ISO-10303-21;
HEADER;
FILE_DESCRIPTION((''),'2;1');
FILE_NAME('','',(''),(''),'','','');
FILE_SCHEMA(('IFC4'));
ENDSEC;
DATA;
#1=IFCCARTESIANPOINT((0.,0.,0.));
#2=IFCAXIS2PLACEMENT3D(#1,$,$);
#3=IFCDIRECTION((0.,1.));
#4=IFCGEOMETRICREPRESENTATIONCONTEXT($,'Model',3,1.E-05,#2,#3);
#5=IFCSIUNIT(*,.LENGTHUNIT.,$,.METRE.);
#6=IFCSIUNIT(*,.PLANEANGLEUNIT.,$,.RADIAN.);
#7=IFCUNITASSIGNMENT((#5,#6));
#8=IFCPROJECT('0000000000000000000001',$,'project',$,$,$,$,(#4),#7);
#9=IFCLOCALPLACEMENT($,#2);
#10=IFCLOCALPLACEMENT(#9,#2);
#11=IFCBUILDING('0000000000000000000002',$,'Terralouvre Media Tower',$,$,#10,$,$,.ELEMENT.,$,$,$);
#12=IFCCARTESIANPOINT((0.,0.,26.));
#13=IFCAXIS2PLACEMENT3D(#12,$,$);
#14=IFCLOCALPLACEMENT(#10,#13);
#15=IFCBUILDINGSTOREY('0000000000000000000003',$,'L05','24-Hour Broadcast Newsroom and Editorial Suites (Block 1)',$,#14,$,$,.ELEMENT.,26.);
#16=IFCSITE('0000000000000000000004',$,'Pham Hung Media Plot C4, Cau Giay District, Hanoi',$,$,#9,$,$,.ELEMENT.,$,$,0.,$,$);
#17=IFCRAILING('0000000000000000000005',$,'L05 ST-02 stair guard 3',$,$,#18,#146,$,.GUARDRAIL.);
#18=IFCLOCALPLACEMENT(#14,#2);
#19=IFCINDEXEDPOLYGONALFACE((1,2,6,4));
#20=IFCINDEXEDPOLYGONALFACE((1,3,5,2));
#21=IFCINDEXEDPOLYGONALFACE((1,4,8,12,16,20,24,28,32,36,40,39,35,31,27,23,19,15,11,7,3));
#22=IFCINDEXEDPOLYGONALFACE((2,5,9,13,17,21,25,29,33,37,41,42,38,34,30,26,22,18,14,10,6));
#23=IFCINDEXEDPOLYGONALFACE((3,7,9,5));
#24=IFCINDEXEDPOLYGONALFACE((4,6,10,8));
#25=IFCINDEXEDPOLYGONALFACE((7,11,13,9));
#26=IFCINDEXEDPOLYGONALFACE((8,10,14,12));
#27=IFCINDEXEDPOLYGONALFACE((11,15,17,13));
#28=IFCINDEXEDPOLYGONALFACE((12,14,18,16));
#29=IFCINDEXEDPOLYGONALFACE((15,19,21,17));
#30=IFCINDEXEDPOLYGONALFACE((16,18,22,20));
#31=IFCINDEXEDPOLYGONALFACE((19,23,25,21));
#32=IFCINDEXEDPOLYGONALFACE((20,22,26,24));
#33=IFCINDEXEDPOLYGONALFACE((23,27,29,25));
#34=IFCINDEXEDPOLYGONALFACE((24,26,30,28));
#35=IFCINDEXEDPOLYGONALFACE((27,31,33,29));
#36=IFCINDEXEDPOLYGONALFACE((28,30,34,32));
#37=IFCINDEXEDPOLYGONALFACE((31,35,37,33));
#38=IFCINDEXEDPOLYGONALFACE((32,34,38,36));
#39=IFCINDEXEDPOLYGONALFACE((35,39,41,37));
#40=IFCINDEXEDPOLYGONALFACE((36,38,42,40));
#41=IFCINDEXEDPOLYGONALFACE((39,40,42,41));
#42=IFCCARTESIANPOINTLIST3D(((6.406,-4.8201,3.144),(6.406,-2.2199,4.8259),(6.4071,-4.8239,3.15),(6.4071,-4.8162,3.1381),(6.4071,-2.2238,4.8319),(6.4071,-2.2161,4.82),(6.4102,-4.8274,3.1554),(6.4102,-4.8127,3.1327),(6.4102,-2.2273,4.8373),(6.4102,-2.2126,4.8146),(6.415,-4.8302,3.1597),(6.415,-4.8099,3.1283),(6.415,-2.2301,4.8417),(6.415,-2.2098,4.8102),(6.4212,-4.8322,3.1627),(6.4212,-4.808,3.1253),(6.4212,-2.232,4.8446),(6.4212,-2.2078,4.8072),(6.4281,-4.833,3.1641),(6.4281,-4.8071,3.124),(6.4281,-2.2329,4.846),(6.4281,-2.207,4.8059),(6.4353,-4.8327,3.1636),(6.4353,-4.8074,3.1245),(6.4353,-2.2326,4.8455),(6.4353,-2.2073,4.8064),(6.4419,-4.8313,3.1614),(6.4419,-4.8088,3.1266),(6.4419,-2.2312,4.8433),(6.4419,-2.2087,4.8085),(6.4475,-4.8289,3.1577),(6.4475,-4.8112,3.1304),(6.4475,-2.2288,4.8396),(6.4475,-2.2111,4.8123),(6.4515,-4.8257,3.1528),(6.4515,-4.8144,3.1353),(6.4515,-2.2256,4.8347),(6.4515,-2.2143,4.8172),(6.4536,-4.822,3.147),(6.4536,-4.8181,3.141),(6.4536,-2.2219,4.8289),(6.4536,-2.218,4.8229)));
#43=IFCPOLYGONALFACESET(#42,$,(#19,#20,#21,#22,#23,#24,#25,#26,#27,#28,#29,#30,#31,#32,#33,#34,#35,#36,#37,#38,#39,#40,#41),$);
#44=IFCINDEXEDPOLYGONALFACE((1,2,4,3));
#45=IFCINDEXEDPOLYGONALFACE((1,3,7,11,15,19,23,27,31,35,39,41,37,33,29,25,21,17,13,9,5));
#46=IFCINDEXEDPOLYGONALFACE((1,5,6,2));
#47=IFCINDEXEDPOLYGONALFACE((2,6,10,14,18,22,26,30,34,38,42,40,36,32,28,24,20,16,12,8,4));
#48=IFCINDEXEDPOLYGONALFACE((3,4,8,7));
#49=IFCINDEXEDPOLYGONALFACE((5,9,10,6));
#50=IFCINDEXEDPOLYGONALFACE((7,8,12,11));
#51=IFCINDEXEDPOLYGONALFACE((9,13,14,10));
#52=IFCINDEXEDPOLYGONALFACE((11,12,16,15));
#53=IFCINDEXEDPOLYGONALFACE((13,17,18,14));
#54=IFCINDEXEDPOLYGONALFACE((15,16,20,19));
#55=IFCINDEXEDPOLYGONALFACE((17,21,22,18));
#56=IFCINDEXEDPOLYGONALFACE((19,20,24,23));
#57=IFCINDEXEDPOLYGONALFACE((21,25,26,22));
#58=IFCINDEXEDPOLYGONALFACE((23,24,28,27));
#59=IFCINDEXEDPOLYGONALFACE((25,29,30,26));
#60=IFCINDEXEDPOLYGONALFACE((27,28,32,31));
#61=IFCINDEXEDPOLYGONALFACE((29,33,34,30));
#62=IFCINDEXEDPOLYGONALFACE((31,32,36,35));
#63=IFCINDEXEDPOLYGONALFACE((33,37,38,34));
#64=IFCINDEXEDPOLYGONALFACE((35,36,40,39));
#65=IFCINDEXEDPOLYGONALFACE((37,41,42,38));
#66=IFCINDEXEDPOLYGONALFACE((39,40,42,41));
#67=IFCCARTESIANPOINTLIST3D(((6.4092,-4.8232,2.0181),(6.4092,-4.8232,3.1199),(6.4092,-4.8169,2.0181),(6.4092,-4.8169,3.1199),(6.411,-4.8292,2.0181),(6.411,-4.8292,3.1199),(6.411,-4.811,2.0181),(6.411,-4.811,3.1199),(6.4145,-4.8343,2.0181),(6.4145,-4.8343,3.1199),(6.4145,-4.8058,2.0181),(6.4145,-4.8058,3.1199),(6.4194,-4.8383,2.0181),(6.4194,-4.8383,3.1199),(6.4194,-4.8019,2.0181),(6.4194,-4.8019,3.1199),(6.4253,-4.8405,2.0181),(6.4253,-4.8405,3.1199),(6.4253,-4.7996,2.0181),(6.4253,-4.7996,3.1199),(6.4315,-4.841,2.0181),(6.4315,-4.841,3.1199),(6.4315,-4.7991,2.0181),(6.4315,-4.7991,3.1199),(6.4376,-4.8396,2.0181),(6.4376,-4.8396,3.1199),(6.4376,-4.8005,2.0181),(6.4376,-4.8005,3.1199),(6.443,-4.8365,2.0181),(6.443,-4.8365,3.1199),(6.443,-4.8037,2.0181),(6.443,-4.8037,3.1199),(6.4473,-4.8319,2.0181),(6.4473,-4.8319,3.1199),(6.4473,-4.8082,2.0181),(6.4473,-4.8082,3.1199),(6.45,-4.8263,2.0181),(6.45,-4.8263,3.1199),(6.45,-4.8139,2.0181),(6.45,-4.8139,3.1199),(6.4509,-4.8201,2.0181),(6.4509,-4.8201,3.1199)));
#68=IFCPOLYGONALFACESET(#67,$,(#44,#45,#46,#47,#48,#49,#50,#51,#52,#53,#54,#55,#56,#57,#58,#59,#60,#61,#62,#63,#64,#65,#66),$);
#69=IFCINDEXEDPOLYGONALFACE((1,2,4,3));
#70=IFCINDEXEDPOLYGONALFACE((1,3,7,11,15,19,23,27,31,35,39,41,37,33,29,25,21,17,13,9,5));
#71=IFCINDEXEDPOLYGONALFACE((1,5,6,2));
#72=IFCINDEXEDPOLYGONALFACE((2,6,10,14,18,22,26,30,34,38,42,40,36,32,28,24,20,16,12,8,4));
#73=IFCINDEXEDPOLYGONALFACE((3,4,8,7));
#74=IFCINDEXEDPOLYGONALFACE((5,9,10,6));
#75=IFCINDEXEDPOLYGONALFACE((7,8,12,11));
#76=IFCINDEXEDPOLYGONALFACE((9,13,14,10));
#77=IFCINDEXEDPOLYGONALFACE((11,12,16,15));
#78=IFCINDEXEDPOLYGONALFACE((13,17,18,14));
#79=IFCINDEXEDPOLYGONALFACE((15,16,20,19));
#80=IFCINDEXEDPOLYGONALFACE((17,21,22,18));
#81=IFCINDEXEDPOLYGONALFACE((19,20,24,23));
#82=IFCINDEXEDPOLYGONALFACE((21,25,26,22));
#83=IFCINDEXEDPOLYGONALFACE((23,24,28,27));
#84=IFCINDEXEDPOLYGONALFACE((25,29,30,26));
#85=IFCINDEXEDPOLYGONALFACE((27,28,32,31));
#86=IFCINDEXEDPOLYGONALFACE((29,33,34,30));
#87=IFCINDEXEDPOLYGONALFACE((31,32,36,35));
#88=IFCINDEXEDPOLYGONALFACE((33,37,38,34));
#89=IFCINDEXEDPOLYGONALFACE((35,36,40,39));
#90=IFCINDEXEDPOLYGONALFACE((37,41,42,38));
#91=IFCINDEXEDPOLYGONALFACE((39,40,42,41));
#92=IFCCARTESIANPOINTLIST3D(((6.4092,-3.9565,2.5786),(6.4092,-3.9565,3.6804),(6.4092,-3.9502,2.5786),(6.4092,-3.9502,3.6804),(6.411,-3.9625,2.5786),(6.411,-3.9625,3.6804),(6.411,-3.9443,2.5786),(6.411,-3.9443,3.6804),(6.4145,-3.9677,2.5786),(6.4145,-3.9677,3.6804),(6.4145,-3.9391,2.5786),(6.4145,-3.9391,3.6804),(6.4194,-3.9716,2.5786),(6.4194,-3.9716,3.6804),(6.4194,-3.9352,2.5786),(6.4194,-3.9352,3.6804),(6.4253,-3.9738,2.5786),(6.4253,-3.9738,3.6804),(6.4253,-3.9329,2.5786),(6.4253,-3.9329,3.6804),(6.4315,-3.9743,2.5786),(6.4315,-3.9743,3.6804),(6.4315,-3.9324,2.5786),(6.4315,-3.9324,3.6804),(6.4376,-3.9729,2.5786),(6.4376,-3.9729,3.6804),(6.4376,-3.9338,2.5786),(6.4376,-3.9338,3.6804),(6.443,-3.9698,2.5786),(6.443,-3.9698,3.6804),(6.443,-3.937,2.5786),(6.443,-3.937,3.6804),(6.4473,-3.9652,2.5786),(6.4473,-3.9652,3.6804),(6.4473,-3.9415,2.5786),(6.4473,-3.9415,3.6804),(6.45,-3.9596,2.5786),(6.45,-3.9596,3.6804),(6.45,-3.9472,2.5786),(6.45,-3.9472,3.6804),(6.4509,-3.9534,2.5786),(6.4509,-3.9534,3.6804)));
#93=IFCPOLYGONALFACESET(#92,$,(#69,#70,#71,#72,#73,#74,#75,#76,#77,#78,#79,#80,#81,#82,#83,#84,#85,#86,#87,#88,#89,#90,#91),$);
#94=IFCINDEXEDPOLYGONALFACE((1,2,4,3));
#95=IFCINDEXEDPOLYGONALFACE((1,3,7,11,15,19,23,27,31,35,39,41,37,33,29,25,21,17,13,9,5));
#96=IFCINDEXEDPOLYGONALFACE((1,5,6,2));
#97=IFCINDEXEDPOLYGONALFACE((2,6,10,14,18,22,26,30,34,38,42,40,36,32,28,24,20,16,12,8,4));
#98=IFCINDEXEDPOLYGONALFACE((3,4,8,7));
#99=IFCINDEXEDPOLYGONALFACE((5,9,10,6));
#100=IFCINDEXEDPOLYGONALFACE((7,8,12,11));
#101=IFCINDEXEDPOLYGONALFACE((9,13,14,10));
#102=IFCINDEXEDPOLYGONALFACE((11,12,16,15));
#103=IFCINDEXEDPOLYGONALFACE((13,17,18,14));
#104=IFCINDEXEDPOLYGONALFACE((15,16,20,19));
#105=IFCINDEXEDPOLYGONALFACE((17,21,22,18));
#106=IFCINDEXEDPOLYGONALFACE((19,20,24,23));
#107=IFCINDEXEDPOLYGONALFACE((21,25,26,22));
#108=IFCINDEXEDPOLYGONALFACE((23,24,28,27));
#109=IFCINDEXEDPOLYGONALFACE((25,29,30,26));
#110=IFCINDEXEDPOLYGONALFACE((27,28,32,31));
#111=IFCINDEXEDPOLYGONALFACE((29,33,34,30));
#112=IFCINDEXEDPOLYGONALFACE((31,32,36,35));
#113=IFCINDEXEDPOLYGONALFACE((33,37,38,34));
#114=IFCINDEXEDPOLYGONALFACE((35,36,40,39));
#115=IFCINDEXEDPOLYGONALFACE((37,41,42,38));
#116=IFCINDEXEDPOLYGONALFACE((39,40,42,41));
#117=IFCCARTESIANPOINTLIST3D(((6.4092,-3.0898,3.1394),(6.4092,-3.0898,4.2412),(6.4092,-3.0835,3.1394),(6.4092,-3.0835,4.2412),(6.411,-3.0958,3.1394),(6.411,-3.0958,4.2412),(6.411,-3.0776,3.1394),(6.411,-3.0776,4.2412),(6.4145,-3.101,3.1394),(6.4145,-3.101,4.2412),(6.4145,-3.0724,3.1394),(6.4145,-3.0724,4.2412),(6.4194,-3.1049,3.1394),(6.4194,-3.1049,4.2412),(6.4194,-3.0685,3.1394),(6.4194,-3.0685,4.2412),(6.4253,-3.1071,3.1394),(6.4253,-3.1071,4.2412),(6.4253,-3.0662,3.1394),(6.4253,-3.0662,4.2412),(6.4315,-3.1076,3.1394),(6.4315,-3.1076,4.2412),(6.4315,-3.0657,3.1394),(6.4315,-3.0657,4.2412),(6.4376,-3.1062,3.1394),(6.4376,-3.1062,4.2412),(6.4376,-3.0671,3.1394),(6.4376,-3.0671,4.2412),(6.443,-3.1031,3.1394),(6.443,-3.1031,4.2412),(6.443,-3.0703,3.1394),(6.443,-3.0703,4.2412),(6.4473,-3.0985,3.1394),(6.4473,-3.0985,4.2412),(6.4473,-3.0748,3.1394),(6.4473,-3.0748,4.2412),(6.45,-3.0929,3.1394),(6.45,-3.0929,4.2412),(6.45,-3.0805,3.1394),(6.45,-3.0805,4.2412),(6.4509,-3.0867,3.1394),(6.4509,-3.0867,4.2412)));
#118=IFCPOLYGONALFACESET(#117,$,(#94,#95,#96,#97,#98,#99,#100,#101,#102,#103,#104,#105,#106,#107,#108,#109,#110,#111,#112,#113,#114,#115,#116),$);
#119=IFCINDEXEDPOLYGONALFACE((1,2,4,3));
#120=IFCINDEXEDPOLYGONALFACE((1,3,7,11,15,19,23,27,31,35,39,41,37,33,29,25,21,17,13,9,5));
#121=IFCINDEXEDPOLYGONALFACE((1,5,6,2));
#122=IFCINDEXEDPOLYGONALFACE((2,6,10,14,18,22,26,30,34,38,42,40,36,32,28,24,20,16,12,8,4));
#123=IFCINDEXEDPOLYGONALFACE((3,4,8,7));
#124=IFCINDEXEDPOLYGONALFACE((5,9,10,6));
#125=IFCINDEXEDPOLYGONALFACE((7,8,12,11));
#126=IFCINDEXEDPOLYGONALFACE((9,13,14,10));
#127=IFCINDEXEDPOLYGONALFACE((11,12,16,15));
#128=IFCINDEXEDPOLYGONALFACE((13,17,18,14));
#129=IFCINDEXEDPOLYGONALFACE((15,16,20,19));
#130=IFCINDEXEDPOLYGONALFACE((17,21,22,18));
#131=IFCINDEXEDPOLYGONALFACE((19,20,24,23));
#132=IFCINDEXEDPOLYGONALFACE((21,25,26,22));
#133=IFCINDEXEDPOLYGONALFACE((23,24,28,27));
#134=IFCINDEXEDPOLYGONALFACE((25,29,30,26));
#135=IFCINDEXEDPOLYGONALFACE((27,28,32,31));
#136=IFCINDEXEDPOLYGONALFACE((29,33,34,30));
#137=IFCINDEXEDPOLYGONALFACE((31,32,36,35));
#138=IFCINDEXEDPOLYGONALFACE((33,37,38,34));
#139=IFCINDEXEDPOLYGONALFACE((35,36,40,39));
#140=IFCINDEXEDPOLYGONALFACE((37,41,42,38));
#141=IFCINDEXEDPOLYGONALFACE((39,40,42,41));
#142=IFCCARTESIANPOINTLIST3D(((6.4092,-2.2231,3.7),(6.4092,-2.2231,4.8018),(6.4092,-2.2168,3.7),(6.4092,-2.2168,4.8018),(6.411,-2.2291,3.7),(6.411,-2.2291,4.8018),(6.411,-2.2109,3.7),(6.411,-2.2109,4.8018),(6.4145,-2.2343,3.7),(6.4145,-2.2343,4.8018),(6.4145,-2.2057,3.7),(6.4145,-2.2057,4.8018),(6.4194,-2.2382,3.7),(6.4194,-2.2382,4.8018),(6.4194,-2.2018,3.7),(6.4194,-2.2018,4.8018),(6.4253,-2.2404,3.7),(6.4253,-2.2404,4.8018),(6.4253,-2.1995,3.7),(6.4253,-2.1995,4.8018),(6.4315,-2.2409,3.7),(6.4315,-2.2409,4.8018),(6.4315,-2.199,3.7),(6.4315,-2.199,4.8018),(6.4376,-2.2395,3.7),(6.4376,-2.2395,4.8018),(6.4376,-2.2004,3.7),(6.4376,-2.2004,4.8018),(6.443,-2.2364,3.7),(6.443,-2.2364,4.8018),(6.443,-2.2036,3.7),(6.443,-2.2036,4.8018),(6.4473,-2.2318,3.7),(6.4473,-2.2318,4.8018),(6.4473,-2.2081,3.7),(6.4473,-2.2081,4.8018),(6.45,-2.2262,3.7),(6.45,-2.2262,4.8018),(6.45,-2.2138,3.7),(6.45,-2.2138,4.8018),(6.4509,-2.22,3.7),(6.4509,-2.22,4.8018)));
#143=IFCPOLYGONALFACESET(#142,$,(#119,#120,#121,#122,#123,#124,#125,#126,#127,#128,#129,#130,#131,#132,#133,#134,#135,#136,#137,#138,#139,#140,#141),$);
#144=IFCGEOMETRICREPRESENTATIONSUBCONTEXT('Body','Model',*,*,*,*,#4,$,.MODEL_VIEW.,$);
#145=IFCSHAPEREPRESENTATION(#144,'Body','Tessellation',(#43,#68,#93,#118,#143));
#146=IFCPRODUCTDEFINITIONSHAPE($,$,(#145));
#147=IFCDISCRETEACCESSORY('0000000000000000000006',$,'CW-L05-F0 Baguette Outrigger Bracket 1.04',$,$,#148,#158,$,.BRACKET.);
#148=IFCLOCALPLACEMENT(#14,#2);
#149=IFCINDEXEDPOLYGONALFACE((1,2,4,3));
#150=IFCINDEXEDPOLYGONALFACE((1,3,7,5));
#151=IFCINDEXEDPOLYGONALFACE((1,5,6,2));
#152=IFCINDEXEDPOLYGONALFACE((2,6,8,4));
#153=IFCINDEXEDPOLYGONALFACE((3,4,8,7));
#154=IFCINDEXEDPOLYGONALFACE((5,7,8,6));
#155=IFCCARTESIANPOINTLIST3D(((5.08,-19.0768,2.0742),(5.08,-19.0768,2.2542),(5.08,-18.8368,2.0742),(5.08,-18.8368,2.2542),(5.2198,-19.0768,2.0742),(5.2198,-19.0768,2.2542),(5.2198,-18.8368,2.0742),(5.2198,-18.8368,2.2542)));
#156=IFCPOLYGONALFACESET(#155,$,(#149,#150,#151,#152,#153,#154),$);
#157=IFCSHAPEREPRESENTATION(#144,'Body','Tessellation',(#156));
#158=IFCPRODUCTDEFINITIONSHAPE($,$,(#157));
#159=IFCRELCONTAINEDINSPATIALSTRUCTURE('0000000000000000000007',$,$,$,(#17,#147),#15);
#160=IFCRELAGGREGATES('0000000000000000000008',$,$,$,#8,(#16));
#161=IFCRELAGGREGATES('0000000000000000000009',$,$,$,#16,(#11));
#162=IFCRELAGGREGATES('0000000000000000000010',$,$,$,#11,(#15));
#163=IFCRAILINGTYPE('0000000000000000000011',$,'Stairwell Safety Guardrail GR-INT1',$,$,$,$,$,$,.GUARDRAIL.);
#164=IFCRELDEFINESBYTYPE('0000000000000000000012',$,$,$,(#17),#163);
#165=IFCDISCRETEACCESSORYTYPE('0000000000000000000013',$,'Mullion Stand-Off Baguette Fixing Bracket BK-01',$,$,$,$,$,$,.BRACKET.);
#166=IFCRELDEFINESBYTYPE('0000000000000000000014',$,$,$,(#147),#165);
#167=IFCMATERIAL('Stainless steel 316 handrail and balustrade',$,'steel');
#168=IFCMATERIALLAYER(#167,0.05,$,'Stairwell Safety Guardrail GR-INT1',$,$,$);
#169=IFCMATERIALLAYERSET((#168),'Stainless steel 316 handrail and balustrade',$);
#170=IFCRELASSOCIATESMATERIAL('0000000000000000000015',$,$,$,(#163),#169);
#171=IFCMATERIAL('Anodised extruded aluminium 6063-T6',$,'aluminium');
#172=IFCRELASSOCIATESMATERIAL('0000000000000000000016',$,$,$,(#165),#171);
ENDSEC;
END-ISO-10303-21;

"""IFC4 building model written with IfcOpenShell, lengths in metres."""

from ifc_helpers import new_model, si_unit, direction, frame, origin, origin_2d, place, context, subcontext, project, spatial, rectangle, circle, extrude, material, layer, layer_set, type_object, element, save


model = new_model("IFC4")

# Units and contexts
model_context = context("Model", 3, precision=1e-05, world=origin(), true_north=direction((0.0, 1.0)))
body_context = subcontext(model_context, "Body", "Model", "MODEL_VIEW")
ifc_project = project(units=[si_unit("LENGTHUNIT", "METRE"), si_unit("PLANEANGLEUNIT", "RADIAN")], contexts=[model_context])

# Site, building, storey
site_placement = place(None, origin())
site = spatial("IfcSite", under=ifc_project, at=site_placement, Name="Pham Hung Media Plot C4, Cau Giay District, Hanoi", CompositionType="ELEMENT", RefElevation=0.0)
building_placement = place(site_placement, origin())
building = spatial("IfcBuilding", under=site, at=building_placement, Name="Terralouvre Media Tower", CompositionType="ELEMENT")
storey_placement = place(building_placement, frame((0.0, 0.0, 26.0)))
storey = spatial("IfcBuildingStorey", under=building, at=storey_placement, Name="L05", Description="24-Hour Broadcast Newsroom and Editorial Suites (Block 1)", CompositionType="ELEMENT", Elevation=26.0)

# Railing
ifc_material_1 = material(Name="Stainless steel 316 handrail and balustrade", Category="steel")
ifc_layer_1 = layer(ifc_material_1, 0.05, Name="Stairwell Safety Guardrail GR-INT1")
ifc_layer_set_1 = layer_set([ifc_layer_1], Name="Stainless steel 316 handrail and balustrade")
railing_type_1 = type_object("IfcRailingType", Name="Stairwell Safety Guardrail GR-INT1", PredefinedType="GUARDRAIL", material=ifc_layer_set_1)
railing_1_placement = place(storey_placement, frame((6.4299, -4.8201, 2.0181)))
element("IfcRailing", 1, at=railing_1_placement, inside=storey, type_object=railing_type_1, Name="L05 ST-02 stair guard 3", PredefinedType="GUARDRAIL", context=body_context, shape_type="SweptSolid", body=[
    extrude(circle(Radius=0.0239, at=origin_2d()), frame((0.0, 0.0, 1.126), z_axis=(0.0, 0.839648, 0.54313), x_axis=(-1.0, 0.0, 0.0)), (0.0, 0.0, 1.0), 3.0967),
    extrude(circle(Radius=0.021, at=origin_2d()), origin(), (0.0, 0.0, 1.0), 1.1018),
    extrude(circle(Radius=0.021, at=origin_2d()), frame((0.0, 0.8667, 0.5605)), (0.0, 0.0, 1.0), 1.1018),
    extrude(circle(Radius=0.021, at=origin_2d()), frame((0.0, 1.7334, 1.1213)), (0.0, 0.0, 1.0), 1.1018),
    extrude(circle(Radius=0.021, at=origin_2d()), frame((0.0, 2.6001, 1.6819)), (0.0, 0.0, 1.0), 1.1018),
])

# Discrete accessory
ifc_material_2 = material(Name="Anodised extruded aluminium 6063-T6", Category="aluminium")
discrete_accessory_type = type_object("IfcDiscreteAccessoryType", Name="Mullion Stand-Off Baguette Fixing Bracket BK-01", PredefinedType="BRACKET", material=ifc_material_2)
discrete_accessory_placement = place(storey_placement, frame((5.1499, -18.9568, 2.0742), z_axis=(0.0, 0.0, 1.0), x_axis=(1.0, 0.0, 0.0)))
element("IfcDiscreteAccessory", 2, at=discrete_accessory_placement, inside=storey, type_object=discrete_accessory_type, Name="CW-L05-F0 Baguette Outrigger Bracket 1.04", PredefinedType="BRACKET", context=body_context, shape_type="SweptSolid", body=[
    extrude(rectangle(XDim=0.1399, YDim=0.24, at=origin_2d()), origin(), (0.0, 0.0, 1.0), 0.1799),
])

save(model, "model.ifc")
